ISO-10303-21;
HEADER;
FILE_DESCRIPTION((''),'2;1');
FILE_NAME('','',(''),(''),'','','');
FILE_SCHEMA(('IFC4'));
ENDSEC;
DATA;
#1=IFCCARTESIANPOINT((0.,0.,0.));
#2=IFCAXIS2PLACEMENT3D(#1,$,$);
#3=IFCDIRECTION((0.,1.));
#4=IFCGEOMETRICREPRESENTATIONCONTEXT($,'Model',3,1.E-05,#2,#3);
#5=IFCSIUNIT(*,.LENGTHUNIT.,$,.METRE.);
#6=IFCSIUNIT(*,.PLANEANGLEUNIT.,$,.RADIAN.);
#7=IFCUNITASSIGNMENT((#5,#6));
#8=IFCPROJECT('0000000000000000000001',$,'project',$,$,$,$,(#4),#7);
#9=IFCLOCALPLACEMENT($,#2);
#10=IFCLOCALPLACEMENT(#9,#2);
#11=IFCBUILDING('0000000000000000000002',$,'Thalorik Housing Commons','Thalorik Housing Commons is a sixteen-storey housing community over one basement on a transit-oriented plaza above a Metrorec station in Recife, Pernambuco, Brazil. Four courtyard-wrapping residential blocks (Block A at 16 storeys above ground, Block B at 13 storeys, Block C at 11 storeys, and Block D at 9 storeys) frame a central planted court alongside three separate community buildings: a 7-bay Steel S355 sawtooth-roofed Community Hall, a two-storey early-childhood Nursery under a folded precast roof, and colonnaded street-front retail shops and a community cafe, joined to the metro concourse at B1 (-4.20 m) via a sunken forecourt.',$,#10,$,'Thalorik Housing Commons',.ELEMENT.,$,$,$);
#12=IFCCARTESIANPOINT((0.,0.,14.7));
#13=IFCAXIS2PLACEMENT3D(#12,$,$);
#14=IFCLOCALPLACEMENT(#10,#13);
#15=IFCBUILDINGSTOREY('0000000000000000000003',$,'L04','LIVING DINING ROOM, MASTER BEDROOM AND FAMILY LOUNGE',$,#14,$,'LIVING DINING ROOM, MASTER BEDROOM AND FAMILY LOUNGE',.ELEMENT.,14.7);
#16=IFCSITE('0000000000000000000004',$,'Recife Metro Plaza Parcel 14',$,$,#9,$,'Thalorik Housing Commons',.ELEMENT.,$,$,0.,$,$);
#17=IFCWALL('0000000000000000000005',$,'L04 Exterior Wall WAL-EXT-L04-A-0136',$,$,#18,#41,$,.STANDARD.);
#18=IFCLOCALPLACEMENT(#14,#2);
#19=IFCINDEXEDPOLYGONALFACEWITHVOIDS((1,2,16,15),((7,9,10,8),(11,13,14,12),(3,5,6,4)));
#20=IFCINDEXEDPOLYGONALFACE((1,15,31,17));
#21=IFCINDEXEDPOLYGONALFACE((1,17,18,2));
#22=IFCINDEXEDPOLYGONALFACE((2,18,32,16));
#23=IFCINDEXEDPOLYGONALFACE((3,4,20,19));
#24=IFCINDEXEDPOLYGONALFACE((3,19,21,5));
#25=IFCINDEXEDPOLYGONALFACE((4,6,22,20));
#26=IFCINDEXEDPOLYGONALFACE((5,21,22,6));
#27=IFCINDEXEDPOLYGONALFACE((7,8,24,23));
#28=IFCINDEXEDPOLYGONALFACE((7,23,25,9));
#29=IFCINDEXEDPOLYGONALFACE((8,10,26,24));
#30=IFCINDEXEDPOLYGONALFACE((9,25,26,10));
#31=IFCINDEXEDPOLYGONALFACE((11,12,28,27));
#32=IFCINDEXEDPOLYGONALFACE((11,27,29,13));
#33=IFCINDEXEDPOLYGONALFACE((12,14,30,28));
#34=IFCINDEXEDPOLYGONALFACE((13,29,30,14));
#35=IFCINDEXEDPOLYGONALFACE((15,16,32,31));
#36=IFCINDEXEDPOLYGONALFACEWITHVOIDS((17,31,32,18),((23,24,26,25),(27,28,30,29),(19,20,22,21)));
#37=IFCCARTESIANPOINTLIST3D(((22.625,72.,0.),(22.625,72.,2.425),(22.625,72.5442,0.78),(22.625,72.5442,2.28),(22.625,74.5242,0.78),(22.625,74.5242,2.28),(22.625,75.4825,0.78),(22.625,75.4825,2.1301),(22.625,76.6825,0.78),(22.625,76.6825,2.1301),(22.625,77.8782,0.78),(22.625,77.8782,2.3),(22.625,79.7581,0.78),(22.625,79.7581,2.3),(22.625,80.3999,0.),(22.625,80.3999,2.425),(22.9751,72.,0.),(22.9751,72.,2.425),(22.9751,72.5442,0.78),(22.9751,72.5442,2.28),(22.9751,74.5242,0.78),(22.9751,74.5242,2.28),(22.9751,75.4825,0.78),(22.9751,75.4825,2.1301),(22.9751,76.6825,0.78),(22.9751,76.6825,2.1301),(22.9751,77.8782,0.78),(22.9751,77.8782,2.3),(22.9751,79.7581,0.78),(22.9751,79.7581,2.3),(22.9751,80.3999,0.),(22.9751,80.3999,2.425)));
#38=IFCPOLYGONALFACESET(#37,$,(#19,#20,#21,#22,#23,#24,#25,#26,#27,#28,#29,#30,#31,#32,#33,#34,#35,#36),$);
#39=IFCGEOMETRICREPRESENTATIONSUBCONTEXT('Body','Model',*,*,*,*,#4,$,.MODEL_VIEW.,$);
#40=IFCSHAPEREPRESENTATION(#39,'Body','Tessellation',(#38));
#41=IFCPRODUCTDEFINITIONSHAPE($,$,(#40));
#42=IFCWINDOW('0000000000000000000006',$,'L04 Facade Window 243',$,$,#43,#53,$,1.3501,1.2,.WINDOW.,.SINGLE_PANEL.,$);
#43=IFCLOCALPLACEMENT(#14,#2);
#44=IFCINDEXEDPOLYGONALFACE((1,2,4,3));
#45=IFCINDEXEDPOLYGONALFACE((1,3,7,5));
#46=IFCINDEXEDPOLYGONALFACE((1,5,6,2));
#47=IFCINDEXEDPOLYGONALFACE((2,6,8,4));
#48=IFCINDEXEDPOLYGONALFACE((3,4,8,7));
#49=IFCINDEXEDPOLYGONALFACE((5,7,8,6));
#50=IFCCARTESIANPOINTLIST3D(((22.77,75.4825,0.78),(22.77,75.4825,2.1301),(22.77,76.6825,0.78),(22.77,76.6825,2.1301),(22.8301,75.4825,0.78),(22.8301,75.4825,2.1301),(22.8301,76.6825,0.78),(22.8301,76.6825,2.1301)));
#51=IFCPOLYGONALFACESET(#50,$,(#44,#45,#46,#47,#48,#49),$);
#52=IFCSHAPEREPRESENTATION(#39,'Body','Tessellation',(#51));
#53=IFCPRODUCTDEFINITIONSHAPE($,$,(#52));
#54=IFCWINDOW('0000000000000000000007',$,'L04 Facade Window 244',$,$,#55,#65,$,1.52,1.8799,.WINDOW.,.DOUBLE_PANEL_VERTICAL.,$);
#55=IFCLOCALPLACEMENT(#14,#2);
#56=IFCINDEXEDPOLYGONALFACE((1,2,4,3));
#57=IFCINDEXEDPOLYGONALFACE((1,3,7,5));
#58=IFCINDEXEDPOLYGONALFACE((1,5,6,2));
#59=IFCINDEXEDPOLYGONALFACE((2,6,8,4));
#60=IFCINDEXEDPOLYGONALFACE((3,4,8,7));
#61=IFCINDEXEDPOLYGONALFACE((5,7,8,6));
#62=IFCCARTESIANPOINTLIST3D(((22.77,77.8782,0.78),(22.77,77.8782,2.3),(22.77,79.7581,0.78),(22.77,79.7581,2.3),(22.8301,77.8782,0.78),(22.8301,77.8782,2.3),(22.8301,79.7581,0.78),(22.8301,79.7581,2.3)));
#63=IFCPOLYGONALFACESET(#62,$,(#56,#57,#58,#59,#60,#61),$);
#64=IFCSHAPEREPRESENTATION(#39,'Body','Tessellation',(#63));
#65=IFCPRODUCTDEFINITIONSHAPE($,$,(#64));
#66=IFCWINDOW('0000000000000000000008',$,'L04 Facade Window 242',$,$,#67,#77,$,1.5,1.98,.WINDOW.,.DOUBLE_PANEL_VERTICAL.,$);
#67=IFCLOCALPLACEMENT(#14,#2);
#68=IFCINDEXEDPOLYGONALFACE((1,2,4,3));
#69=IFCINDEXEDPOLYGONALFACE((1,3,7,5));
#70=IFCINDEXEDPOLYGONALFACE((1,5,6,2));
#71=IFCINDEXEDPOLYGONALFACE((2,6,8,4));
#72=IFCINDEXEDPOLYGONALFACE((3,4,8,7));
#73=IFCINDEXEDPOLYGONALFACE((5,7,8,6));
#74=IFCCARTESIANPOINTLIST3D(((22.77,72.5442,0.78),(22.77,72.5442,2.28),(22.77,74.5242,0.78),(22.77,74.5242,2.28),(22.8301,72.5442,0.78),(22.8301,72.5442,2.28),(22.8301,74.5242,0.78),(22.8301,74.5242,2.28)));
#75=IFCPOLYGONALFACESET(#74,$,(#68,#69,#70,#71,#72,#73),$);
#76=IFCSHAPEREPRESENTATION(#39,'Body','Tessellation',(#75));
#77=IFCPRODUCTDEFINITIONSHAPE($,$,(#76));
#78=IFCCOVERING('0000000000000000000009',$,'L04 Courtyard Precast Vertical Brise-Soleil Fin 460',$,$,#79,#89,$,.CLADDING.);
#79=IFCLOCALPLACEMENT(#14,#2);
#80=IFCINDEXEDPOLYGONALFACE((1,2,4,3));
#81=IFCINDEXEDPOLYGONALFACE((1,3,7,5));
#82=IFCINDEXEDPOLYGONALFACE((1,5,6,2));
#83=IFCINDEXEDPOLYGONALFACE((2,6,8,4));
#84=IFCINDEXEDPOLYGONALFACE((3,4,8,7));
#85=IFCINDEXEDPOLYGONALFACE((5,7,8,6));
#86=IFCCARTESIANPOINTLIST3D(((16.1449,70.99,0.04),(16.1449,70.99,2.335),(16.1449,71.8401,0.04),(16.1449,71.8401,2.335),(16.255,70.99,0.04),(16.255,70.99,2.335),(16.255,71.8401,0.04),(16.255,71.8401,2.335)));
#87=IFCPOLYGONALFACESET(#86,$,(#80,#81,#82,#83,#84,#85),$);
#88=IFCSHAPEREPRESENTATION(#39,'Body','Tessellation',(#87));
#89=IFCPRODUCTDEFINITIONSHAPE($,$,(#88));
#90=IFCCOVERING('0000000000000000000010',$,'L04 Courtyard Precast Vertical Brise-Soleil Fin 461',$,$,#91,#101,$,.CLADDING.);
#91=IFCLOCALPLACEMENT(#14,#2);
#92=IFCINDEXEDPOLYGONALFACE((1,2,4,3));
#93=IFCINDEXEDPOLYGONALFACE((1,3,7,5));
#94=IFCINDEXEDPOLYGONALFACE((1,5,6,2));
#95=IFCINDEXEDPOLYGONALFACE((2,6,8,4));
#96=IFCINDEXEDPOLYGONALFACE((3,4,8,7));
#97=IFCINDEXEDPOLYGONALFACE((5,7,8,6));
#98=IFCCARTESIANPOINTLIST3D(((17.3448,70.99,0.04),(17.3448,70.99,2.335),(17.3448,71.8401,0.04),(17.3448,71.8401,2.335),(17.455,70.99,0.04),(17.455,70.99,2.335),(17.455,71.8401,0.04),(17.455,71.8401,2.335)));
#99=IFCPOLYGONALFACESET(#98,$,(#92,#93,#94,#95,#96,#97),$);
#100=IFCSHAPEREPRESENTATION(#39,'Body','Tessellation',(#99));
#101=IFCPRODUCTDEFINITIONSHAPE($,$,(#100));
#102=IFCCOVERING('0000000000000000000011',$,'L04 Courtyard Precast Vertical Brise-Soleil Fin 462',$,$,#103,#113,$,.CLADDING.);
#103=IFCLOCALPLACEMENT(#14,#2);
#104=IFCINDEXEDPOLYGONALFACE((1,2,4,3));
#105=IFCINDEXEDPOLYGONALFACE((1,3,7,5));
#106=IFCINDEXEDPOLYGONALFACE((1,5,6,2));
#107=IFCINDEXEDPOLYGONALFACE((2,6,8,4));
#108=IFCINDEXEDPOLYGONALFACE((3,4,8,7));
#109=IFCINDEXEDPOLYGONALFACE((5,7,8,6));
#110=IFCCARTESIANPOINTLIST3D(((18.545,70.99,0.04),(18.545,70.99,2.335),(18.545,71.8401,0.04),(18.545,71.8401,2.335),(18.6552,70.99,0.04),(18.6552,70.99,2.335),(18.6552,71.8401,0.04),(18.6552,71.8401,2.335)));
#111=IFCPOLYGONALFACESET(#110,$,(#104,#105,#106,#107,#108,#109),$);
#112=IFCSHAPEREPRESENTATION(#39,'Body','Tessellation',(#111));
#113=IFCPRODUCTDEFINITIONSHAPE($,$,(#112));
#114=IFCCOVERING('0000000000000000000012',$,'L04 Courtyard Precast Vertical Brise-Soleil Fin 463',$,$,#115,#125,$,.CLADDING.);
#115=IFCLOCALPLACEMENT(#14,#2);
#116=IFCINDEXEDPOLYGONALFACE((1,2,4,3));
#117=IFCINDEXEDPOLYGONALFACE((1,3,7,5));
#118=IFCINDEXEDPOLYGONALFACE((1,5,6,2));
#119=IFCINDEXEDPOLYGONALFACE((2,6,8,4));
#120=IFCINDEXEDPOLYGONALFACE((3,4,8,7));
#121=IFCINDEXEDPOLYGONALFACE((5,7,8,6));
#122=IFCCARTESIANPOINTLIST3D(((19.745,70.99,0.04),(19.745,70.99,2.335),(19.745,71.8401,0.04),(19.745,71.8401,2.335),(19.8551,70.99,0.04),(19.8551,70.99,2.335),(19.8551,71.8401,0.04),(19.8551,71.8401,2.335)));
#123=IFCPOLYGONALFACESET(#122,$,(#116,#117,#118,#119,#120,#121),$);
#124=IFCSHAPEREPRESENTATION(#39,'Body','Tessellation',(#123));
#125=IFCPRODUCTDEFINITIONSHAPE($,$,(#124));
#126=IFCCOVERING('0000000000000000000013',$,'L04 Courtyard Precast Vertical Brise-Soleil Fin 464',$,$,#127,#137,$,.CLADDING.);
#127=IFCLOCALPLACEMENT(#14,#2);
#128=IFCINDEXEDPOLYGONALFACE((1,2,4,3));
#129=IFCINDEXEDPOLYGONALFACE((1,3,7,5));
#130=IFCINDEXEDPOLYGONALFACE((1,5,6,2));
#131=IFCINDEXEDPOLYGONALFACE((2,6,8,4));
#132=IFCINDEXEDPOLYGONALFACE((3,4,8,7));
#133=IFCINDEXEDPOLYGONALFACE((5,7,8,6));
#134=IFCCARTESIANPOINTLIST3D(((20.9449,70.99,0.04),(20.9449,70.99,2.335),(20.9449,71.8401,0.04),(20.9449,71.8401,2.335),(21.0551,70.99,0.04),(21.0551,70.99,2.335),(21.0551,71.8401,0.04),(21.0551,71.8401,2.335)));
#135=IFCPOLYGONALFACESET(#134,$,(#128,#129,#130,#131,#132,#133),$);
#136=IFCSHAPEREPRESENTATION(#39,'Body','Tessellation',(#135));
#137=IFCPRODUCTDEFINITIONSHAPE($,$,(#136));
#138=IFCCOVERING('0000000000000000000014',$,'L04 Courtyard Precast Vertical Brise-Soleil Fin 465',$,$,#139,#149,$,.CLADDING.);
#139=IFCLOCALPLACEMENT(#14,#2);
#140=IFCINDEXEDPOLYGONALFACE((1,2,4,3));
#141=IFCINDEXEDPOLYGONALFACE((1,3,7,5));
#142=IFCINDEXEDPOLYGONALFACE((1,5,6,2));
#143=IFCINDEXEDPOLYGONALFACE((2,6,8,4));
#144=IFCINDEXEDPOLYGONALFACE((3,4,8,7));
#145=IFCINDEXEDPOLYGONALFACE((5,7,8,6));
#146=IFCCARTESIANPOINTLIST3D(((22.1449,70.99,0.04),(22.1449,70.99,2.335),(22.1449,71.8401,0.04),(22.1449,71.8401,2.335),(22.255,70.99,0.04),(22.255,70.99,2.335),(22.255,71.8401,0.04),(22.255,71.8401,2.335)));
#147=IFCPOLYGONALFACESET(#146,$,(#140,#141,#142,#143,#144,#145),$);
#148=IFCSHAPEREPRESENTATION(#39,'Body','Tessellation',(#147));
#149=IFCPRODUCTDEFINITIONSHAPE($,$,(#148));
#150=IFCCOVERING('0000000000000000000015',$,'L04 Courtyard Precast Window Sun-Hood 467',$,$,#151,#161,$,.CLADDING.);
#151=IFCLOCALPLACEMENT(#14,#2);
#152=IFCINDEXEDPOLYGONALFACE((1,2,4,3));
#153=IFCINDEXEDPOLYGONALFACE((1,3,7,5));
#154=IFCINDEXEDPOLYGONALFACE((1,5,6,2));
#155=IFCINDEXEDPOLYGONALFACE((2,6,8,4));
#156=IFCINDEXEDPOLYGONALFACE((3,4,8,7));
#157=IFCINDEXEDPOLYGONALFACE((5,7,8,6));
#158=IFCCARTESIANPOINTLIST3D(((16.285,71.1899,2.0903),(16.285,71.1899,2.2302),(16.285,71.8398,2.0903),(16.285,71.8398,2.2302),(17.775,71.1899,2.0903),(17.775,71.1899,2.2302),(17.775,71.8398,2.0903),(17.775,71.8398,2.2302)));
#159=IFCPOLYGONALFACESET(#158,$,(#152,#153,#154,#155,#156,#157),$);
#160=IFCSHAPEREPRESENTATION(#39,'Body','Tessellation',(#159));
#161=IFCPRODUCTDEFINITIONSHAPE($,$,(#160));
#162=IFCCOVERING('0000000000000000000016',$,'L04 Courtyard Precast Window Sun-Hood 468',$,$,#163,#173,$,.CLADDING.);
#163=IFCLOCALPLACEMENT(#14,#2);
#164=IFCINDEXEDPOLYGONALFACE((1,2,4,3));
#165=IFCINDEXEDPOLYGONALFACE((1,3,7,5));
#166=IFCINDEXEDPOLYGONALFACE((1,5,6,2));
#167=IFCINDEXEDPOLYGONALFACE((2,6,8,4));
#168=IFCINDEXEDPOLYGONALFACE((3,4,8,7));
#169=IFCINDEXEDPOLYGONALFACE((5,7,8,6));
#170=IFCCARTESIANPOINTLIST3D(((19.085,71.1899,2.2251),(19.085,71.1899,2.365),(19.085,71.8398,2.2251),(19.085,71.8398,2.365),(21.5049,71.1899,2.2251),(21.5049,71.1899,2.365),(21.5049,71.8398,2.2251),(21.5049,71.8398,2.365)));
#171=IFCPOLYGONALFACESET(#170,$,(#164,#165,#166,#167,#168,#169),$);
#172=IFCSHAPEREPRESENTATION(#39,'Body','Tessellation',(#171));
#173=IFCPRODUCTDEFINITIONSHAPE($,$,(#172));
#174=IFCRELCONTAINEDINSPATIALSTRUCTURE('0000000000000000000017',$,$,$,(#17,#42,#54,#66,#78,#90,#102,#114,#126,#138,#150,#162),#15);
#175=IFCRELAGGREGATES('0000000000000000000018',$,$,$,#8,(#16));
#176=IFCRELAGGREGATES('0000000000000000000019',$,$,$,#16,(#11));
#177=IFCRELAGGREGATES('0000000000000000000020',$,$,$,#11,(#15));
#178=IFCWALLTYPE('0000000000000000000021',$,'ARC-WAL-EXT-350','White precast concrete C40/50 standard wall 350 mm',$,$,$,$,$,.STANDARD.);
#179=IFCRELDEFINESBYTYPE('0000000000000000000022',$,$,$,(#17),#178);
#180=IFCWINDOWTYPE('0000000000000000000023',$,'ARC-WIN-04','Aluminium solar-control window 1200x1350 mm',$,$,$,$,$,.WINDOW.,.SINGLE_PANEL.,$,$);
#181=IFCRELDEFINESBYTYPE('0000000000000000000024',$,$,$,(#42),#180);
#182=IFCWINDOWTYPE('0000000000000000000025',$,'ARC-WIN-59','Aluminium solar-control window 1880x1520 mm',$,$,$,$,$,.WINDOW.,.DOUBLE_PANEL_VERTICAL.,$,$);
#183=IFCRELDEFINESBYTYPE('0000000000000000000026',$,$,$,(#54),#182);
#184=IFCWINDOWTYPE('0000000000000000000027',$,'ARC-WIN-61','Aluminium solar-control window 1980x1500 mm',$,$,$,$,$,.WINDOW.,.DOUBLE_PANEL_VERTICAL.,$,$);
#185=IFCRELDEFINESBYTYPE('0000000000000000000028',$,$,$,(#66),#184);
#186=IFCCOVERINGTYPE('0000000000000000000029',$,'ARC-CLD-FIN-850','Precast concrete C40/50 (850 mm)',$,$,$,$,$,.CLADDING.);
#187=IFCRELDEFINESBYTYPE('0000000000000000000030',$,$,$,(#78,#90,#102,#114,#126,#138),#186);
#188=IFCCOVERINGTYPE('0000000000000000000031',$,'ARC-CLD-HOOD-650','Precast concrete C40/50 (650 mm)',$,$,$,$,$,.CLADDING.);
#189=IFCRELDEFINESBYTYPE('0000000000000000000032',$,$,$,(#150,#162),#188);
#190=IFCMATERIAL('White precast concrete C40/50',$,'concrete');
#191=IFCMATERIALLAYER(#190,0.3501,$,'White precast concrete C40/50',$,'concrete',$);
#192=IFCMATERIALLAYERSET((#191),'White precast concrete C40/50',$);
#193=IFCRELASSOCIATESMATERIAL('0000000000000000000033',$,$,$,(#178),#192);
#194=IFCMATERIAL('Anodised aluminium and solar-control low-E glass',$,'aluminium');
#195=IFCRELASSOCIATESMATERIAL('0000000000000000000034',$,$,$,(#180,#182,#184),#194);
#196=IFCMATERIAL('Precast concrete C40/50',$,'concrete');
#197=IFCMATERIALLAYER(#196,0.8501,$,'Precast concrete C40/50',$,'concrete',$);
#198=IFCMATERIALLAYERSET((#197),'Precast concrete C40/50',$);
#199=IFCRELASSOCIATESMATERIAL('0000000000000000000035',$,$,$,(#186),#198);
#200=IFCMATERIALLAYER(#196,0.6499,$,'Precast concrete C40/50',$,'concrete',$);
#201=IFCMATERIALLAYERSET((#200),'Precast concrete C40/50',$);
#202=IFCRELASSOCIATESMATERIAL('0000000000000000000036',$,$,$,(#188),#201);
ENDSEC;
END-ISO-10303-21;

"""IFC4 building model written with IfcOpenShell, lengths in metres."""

from ifc_helpers import new_model, si_unit, direction, frame, frame_2d, origin, origin_2d, place, context, subcontext, project, spatial, rectangle, extrude, material, layer, layer_set, type_object, element, fill, save


model = new_model("IFC4")

# Units and contexts
model_context = context("Model", 3, precision=1e-05, world=origin(), true_north=direction((0.0, 1.0)))
body_context = subcontext(model_context, "Body", "Model", "MODEL_VIEW")
ifc_project = project(units=[si_unit("LENGTHUNIT", "METRE"), si_unit("PLANEANGLEUNIT", "RADIAN")], contexts=[model_context])

# Site, building, storey
site_placement = place(None, origin())
site = spatial("IfcSite", under=ifc_project, at=site_placement, Name="Recife Metro Plaza Parcel 14", LongName="Thalorik Housing Commons", CompositionType="ELEMENT", RefElevation=0.0)
building_placement = place(site_placement, origin())
building = spatial("IfcBuilding", under=site, at=building_placement, Name="Thalorik Housing Commons", Description="Thalorik Housing Commons is a sixteen-storey housing community over one basement on a transit-oriented plaza above a Metrorec station in Recife, Pernambuco, Brazil. Four courtyard-wrapping residential blocks (Block A at 16 storeys above ground, Block B at 13 storeys, Block C at 11 storeys, and Block D at 9 storeys) frame a central planted court alongside three separate community buildings: a 7-bay Steel S355 sawtooth-roofed Community Hall, a two-storey early-childhood Nursery under a folded precast roof, and colonnaded street-front retail shops and a community cafe, joined to the metro concourse at B1 (-4.20 m) via a sunken forecourt.", LongName="Thalorik Housing Commons", CompositionType="ELEMENT")
storey_placement = place(building_placement, frame((0.0, 0.0, 14.7)))
storey = spatial("IfcBuildingStorey", under=building, at=storey_placement, Name="L04", Description="LIVING DINING ROOM, MASTER BEDROOM AND FAMILY LOUNGE", LongName="LIVING DINING ROOM, MASTER BEDROOM AND FAMILY LOUNGE", CompositionType="ELEMENT", Elevation=14.7)

# Shared definitions
ifc_material_1 = material(Name="Precast concrete C40/50", Category="concrete")

# Wall, openings, windows
ifc_material_2 = material(Name="White precast concrete C40/50", Category="concrete")
ifc_layer_1 = layer(ifc_material_2, 0.3501, Name="White precast concrete C40/50", Category="concrete")
ifc_layer_set_1 = layer_set([ifc_layer_1], Name="White precast concrete C40/50")
wall_type_1 = type_object("IfcWallType", Name="ARC-WAL-EXT-350", Description="White precast concrete C40/50 standard wall 350 mm", PredefinedType="STANDARD", material=ifc_layer_set_1)
wall_1_placement = place(storey_placement, frame((22.8, 72.0, 0.0), z_axis=(0.0, 0.0, 1.0), x_axis=(0.0, 1.0, 0.0)))
wall_1 = element("IfcWall", 1, at=wall_1_placement, inside=storey, type_object=wall_type_1, Name="L04 Exterior Wall WAL-EXT-L04-A-0136", PredefinedType="STANDARD", context=body_context, shape_type="SweptSolid", body=[
    extrude(rectangle(XDim=8.3999, YDim=0.3501, at=frame_2d((4.2, 0.0))), origin(), (0.0, 0.0, 1.0), 2.425),
])
opening_1_placement = place(wall_1_placement, frame((0.5442, 0.0, 0.78)))
opening_1 = element("IfcOpeningElement", 2, at=opening_1_placement, cuts=wall_1, PredefinedType="OPENING", context=body_context, shape_type="SweptSolid", body=[
    extrude(rectangle(XDim=1.98, YDim=1.5, at=frame_2d((0.99, 0.75))), frame((0.0, 0.1851, 0.0), z_axis=(0.0, -1.0, 0.0), x_axis=(1.0, 0.0, 0.0)), (0.0, 0.0, 1.0), 0.3701),
])
opening_2_placement = place(wall_1_placement, frame((3.4824, 0.0, 0.78)))
opening_2 = element("IfcOpeningElement", 3, at=opening_2_placement, cuts=wall_1, PredefinedType="OPENING", context=body_context, shape_type="SweptSolid", body=[
    extrude(rectangle(XDim=1.2, YDim=1.3501, at=frame_2d((0.6001, 0.675))), frame((0.0, 0.1851, 0.0), z_axis=(0.0, -1.0, 0.0), x_axis=(1.0, 0.0, 0.0)), (0.0, 0.0, 1.0), 0.3701),
])
opening_3_placement = place(wall_1_placement, frame((5.8782, 0.0, 0.78)))
opening_3 = element("IfcOpeningElement", 4, at=opening_3_placement, cuts=wall_1, PredefinedType="OPENING", context=body_context, shape_type="SweptSolid", body=[
    extrude(rectangle(XDim=1.8799, YDim=1.52, at=frame_2d((0.9399, 0.76))), frame((0.0, 0.1851, 0.0), z_axis=(0.0, -1.0, 0.0), x_axis=(1.0, 0.0, 0.0)), (0.0, 0.0, 1.0), 0.3701),
])
ifc_material_3 = material(Name="Anodised aluminium and solar-control low-E glass", Category="aluminium")
window_type_1 = type_object("IfcWindowType", Name="ARC-WIN-04", Description="Aluminium solar-control window 1200x1350 mm", PartitioningType="SINGLE_PANEL", PredefinedType="WINDOW", material=ifc_material_3)
window_1_placement = place(opening_2_placement, origin())
window_1 = element("IfcWindow", 5, at=window_1_placement, inside=storey, type_object=window_type_1, Name="L04 Facade Window 243", OverallHeight=1.3501, OverallWidth=1.2, PartitioningType="SINGLE_PANEL", PredefinedType="WINDOW", context=body_context, shape_type="SweptSolid", body=[
    extrude(rectangle(XDim=1.2, YDim=1.3501, at=frame_2d((0.6001, 0.675))), frame((0.0, 0.03, 0.0), z_axis=(0.0, -1.0, 0.0), x_axis=(1.0, 0.0, 0.0)), (0.0, 0.0, 1.0), 0.0601),
])
fill(opening_2, window_1)
window_type_2 = type_object("IfcWindowType", Name="ARC-WIN-59", Description="Aluminium solar-control window 1880x1520 mm", PartitioningType="DOUBLE_PANEL_VERTICAL", PredefinedType="WINDOW", material=ifc_material_3)
window_2_placement = place(opening_3_placement, origin())
window_2 = element("IfcWindow", 6, at=window_2_placement, inside=storey, type_object=window_type_2, Name="L04 Facade Window 244", OverallHeight=1.52, OverallWidth=1.8799, PartitioningType="DOUBLE_PANEL_VERTICAL", PredefinedType="WINDOW", context=body_context, shape_type="SweptSolid", body=[
    extrude(rectangle(XDim=1.8799, YDim=1.52, at=frame_2d((0.9399, 0.76))), frame((0.0, 0.03, 0.0), z_axis=(0.0, -1.0, 0.0), x_axis=(1.0, 0.0, 0.0)), (0.0, 0.0, 1.0), 0.0601),
])
fill(opening_3, window_2)
window_type_3 = type_object("IfcWindowType", Name="ARC-WIN-61", Description="Aluminium solar-control window 1980x1500 mm", PartitioningType="DOUBLE_PANEL_VERTICAL", PredefinedType="WINDOW", material=ifc_material_3)
window_3_placement = place(opening_1_placement, origin())
window_3 = element("IfcWindow", 7, at=window_3_placement, inside=storey, type_object=window_type_3, Name="L04 Facade Window 242", OverallHeight=1.5, OverallWidth=1.98, PartitioningType="DOUBLE_PANEL_VERTICAL", PredefinedType="WINDOW", context=body_context, shape_type="SweptSolid", body=[
    extrude(rectangle(XDim=1.98, YDim=1.5, at=frame_2d((0.99, 0.75))), frame((0.0, 0.03, 0.0), z_axis=(0.0, -1.0, 0.0), x_axis=(1.0, 0.0, 0.0)), (0.0, 0.0, 1.0), 0.0601),
])
fill(opening_1, window_3)

# Coverings
ifc_layer_2 = layer(ifc_material_1, 0.8501, Name="Precast concrete C40/50", Category="concrete")
ifc_layer_set_2 = layer_set([ifc_layer_2], Name="Precast concrete C40/50")
covering_type_1 = type_object("IfcCoveringType", Name="ARC-CLD-FIN-850", Description="Precast concrete C40/50 (850 mm)", PredefinedType="CLADDING", material=ifc_layer_set_2)
for number, where, z_axis, x_axis, name in (
    (8, (16.2, 71.415, 0.04), (0.0, 0.0, 1.0), (1.0, 0.0, 0.0), "L04 Courtyard Precast Vertical Brise-Soleil Fin 460"),
    (9, (17.3999, 71.415, 0.04), (0.0, 0.0, 1.0), (1.0, 0.0, 0.0), "L04 Courtyard Precast Vertical Brise-Soleil Fin 461"),
    (10, (18.6001, 71.415, 0.04), (0.0, 0.0, 1.0), (1.0, 0.0, 0.0), "L04 Courtyard Precast Vertical Brise-Soleil Fin 462"),
    (11, (19.8, 71.415, 0.04), (0.0, 0.0, 1.0), (1.0, 0.0, 0.0), "L04 Courtyard Precast Vertical Brise-Soleil Fin 463"),
    (12, (21.0, 71.415, 0.04), (0.0, 0.0, 1.0), (1.0, 0.0, 0.0), "L04 Courtyard Precast Vertical Brise-Soleil Fin 464"),
    (13, (22.2, 71.415, 0.04), (0.0, 0.0, 1.0), (1.0, 0.0, 0.0), "L04 Courtyard Precast Vertical Brise-Soleil Fin 465"),
):
    element("IfcCovering", number, at=place(storey_placement, frame(where, z_axis=z_axis, x_axis=x_axis)), inside=storey, type_object=covering_type_1, Name=name, PredefinedType="CLADDING", context=body_context, shape_type="SweptSolid", body=[
        extrude(rectangle(XDim=0.1101, YDim=0.8501, at=origin_2d()), origin(), (0.0, 0.0, 1.0), 2.2949),
    ])
ifc_layer_3 = layer(ifc_material_1, 0.6499, Name="Precast concrete C40/50", Category="concrete")
ifc_layer_set_3 = layer_set([ifc_layer_3], Name="Precast concrete C40/50")
covering_type_2 = type_object("IfcCoveringType", Name="ARC-CLD-HOOD-650", Description="Precast concrete C40/50 (650 mm)", PredefinedType="CLADDING", material=ifc_layer_set_3)
covering_1_placement = place(storey_placement, frame((17.03, 71.5149, 2.0903), z_axis=(0.0, 0.0, 1.0), x_axis=(1.0, 0.0, 0.0)))
element("IfcCovering", 14, at=covering_1_placement, inside=storey, type_object=covering_type_2, Name="L04 Courtyard Precast Window Sun-Hood 467", PredefinedType="CLADDING", context=body_context, shape_type="SweptSolid", body=[
    extrude(rectangle(XDim=1.49, YDim=0.6499, at=origin_2d()), origin(), (0.0, 0.0, 1.0), 0.1399),
])
covering_2_placement = place(storey_placement, frame((20.2949, 71.5149, 2.2251), z_axis=(0.0, 0.0, 1.0), x_axis=(1.0, 0.0, 0.0)))
element("IfcCovering", 15, at=covering_2_placement, inside=storey, type_object=covering_type_2, Name="L04 Courtyard Precast Window Sun-Hood 468", PredefinedType="CLADDING", context=body_context, shape_type="SweptSolid", body=[
    extrude(rectangle(XDim=2.4199, YDim=0.6499, at=origin_2d()), origin(), (0.0, 0.0, 1.0), 0.1399),
])

save(model, "model.ifc")
